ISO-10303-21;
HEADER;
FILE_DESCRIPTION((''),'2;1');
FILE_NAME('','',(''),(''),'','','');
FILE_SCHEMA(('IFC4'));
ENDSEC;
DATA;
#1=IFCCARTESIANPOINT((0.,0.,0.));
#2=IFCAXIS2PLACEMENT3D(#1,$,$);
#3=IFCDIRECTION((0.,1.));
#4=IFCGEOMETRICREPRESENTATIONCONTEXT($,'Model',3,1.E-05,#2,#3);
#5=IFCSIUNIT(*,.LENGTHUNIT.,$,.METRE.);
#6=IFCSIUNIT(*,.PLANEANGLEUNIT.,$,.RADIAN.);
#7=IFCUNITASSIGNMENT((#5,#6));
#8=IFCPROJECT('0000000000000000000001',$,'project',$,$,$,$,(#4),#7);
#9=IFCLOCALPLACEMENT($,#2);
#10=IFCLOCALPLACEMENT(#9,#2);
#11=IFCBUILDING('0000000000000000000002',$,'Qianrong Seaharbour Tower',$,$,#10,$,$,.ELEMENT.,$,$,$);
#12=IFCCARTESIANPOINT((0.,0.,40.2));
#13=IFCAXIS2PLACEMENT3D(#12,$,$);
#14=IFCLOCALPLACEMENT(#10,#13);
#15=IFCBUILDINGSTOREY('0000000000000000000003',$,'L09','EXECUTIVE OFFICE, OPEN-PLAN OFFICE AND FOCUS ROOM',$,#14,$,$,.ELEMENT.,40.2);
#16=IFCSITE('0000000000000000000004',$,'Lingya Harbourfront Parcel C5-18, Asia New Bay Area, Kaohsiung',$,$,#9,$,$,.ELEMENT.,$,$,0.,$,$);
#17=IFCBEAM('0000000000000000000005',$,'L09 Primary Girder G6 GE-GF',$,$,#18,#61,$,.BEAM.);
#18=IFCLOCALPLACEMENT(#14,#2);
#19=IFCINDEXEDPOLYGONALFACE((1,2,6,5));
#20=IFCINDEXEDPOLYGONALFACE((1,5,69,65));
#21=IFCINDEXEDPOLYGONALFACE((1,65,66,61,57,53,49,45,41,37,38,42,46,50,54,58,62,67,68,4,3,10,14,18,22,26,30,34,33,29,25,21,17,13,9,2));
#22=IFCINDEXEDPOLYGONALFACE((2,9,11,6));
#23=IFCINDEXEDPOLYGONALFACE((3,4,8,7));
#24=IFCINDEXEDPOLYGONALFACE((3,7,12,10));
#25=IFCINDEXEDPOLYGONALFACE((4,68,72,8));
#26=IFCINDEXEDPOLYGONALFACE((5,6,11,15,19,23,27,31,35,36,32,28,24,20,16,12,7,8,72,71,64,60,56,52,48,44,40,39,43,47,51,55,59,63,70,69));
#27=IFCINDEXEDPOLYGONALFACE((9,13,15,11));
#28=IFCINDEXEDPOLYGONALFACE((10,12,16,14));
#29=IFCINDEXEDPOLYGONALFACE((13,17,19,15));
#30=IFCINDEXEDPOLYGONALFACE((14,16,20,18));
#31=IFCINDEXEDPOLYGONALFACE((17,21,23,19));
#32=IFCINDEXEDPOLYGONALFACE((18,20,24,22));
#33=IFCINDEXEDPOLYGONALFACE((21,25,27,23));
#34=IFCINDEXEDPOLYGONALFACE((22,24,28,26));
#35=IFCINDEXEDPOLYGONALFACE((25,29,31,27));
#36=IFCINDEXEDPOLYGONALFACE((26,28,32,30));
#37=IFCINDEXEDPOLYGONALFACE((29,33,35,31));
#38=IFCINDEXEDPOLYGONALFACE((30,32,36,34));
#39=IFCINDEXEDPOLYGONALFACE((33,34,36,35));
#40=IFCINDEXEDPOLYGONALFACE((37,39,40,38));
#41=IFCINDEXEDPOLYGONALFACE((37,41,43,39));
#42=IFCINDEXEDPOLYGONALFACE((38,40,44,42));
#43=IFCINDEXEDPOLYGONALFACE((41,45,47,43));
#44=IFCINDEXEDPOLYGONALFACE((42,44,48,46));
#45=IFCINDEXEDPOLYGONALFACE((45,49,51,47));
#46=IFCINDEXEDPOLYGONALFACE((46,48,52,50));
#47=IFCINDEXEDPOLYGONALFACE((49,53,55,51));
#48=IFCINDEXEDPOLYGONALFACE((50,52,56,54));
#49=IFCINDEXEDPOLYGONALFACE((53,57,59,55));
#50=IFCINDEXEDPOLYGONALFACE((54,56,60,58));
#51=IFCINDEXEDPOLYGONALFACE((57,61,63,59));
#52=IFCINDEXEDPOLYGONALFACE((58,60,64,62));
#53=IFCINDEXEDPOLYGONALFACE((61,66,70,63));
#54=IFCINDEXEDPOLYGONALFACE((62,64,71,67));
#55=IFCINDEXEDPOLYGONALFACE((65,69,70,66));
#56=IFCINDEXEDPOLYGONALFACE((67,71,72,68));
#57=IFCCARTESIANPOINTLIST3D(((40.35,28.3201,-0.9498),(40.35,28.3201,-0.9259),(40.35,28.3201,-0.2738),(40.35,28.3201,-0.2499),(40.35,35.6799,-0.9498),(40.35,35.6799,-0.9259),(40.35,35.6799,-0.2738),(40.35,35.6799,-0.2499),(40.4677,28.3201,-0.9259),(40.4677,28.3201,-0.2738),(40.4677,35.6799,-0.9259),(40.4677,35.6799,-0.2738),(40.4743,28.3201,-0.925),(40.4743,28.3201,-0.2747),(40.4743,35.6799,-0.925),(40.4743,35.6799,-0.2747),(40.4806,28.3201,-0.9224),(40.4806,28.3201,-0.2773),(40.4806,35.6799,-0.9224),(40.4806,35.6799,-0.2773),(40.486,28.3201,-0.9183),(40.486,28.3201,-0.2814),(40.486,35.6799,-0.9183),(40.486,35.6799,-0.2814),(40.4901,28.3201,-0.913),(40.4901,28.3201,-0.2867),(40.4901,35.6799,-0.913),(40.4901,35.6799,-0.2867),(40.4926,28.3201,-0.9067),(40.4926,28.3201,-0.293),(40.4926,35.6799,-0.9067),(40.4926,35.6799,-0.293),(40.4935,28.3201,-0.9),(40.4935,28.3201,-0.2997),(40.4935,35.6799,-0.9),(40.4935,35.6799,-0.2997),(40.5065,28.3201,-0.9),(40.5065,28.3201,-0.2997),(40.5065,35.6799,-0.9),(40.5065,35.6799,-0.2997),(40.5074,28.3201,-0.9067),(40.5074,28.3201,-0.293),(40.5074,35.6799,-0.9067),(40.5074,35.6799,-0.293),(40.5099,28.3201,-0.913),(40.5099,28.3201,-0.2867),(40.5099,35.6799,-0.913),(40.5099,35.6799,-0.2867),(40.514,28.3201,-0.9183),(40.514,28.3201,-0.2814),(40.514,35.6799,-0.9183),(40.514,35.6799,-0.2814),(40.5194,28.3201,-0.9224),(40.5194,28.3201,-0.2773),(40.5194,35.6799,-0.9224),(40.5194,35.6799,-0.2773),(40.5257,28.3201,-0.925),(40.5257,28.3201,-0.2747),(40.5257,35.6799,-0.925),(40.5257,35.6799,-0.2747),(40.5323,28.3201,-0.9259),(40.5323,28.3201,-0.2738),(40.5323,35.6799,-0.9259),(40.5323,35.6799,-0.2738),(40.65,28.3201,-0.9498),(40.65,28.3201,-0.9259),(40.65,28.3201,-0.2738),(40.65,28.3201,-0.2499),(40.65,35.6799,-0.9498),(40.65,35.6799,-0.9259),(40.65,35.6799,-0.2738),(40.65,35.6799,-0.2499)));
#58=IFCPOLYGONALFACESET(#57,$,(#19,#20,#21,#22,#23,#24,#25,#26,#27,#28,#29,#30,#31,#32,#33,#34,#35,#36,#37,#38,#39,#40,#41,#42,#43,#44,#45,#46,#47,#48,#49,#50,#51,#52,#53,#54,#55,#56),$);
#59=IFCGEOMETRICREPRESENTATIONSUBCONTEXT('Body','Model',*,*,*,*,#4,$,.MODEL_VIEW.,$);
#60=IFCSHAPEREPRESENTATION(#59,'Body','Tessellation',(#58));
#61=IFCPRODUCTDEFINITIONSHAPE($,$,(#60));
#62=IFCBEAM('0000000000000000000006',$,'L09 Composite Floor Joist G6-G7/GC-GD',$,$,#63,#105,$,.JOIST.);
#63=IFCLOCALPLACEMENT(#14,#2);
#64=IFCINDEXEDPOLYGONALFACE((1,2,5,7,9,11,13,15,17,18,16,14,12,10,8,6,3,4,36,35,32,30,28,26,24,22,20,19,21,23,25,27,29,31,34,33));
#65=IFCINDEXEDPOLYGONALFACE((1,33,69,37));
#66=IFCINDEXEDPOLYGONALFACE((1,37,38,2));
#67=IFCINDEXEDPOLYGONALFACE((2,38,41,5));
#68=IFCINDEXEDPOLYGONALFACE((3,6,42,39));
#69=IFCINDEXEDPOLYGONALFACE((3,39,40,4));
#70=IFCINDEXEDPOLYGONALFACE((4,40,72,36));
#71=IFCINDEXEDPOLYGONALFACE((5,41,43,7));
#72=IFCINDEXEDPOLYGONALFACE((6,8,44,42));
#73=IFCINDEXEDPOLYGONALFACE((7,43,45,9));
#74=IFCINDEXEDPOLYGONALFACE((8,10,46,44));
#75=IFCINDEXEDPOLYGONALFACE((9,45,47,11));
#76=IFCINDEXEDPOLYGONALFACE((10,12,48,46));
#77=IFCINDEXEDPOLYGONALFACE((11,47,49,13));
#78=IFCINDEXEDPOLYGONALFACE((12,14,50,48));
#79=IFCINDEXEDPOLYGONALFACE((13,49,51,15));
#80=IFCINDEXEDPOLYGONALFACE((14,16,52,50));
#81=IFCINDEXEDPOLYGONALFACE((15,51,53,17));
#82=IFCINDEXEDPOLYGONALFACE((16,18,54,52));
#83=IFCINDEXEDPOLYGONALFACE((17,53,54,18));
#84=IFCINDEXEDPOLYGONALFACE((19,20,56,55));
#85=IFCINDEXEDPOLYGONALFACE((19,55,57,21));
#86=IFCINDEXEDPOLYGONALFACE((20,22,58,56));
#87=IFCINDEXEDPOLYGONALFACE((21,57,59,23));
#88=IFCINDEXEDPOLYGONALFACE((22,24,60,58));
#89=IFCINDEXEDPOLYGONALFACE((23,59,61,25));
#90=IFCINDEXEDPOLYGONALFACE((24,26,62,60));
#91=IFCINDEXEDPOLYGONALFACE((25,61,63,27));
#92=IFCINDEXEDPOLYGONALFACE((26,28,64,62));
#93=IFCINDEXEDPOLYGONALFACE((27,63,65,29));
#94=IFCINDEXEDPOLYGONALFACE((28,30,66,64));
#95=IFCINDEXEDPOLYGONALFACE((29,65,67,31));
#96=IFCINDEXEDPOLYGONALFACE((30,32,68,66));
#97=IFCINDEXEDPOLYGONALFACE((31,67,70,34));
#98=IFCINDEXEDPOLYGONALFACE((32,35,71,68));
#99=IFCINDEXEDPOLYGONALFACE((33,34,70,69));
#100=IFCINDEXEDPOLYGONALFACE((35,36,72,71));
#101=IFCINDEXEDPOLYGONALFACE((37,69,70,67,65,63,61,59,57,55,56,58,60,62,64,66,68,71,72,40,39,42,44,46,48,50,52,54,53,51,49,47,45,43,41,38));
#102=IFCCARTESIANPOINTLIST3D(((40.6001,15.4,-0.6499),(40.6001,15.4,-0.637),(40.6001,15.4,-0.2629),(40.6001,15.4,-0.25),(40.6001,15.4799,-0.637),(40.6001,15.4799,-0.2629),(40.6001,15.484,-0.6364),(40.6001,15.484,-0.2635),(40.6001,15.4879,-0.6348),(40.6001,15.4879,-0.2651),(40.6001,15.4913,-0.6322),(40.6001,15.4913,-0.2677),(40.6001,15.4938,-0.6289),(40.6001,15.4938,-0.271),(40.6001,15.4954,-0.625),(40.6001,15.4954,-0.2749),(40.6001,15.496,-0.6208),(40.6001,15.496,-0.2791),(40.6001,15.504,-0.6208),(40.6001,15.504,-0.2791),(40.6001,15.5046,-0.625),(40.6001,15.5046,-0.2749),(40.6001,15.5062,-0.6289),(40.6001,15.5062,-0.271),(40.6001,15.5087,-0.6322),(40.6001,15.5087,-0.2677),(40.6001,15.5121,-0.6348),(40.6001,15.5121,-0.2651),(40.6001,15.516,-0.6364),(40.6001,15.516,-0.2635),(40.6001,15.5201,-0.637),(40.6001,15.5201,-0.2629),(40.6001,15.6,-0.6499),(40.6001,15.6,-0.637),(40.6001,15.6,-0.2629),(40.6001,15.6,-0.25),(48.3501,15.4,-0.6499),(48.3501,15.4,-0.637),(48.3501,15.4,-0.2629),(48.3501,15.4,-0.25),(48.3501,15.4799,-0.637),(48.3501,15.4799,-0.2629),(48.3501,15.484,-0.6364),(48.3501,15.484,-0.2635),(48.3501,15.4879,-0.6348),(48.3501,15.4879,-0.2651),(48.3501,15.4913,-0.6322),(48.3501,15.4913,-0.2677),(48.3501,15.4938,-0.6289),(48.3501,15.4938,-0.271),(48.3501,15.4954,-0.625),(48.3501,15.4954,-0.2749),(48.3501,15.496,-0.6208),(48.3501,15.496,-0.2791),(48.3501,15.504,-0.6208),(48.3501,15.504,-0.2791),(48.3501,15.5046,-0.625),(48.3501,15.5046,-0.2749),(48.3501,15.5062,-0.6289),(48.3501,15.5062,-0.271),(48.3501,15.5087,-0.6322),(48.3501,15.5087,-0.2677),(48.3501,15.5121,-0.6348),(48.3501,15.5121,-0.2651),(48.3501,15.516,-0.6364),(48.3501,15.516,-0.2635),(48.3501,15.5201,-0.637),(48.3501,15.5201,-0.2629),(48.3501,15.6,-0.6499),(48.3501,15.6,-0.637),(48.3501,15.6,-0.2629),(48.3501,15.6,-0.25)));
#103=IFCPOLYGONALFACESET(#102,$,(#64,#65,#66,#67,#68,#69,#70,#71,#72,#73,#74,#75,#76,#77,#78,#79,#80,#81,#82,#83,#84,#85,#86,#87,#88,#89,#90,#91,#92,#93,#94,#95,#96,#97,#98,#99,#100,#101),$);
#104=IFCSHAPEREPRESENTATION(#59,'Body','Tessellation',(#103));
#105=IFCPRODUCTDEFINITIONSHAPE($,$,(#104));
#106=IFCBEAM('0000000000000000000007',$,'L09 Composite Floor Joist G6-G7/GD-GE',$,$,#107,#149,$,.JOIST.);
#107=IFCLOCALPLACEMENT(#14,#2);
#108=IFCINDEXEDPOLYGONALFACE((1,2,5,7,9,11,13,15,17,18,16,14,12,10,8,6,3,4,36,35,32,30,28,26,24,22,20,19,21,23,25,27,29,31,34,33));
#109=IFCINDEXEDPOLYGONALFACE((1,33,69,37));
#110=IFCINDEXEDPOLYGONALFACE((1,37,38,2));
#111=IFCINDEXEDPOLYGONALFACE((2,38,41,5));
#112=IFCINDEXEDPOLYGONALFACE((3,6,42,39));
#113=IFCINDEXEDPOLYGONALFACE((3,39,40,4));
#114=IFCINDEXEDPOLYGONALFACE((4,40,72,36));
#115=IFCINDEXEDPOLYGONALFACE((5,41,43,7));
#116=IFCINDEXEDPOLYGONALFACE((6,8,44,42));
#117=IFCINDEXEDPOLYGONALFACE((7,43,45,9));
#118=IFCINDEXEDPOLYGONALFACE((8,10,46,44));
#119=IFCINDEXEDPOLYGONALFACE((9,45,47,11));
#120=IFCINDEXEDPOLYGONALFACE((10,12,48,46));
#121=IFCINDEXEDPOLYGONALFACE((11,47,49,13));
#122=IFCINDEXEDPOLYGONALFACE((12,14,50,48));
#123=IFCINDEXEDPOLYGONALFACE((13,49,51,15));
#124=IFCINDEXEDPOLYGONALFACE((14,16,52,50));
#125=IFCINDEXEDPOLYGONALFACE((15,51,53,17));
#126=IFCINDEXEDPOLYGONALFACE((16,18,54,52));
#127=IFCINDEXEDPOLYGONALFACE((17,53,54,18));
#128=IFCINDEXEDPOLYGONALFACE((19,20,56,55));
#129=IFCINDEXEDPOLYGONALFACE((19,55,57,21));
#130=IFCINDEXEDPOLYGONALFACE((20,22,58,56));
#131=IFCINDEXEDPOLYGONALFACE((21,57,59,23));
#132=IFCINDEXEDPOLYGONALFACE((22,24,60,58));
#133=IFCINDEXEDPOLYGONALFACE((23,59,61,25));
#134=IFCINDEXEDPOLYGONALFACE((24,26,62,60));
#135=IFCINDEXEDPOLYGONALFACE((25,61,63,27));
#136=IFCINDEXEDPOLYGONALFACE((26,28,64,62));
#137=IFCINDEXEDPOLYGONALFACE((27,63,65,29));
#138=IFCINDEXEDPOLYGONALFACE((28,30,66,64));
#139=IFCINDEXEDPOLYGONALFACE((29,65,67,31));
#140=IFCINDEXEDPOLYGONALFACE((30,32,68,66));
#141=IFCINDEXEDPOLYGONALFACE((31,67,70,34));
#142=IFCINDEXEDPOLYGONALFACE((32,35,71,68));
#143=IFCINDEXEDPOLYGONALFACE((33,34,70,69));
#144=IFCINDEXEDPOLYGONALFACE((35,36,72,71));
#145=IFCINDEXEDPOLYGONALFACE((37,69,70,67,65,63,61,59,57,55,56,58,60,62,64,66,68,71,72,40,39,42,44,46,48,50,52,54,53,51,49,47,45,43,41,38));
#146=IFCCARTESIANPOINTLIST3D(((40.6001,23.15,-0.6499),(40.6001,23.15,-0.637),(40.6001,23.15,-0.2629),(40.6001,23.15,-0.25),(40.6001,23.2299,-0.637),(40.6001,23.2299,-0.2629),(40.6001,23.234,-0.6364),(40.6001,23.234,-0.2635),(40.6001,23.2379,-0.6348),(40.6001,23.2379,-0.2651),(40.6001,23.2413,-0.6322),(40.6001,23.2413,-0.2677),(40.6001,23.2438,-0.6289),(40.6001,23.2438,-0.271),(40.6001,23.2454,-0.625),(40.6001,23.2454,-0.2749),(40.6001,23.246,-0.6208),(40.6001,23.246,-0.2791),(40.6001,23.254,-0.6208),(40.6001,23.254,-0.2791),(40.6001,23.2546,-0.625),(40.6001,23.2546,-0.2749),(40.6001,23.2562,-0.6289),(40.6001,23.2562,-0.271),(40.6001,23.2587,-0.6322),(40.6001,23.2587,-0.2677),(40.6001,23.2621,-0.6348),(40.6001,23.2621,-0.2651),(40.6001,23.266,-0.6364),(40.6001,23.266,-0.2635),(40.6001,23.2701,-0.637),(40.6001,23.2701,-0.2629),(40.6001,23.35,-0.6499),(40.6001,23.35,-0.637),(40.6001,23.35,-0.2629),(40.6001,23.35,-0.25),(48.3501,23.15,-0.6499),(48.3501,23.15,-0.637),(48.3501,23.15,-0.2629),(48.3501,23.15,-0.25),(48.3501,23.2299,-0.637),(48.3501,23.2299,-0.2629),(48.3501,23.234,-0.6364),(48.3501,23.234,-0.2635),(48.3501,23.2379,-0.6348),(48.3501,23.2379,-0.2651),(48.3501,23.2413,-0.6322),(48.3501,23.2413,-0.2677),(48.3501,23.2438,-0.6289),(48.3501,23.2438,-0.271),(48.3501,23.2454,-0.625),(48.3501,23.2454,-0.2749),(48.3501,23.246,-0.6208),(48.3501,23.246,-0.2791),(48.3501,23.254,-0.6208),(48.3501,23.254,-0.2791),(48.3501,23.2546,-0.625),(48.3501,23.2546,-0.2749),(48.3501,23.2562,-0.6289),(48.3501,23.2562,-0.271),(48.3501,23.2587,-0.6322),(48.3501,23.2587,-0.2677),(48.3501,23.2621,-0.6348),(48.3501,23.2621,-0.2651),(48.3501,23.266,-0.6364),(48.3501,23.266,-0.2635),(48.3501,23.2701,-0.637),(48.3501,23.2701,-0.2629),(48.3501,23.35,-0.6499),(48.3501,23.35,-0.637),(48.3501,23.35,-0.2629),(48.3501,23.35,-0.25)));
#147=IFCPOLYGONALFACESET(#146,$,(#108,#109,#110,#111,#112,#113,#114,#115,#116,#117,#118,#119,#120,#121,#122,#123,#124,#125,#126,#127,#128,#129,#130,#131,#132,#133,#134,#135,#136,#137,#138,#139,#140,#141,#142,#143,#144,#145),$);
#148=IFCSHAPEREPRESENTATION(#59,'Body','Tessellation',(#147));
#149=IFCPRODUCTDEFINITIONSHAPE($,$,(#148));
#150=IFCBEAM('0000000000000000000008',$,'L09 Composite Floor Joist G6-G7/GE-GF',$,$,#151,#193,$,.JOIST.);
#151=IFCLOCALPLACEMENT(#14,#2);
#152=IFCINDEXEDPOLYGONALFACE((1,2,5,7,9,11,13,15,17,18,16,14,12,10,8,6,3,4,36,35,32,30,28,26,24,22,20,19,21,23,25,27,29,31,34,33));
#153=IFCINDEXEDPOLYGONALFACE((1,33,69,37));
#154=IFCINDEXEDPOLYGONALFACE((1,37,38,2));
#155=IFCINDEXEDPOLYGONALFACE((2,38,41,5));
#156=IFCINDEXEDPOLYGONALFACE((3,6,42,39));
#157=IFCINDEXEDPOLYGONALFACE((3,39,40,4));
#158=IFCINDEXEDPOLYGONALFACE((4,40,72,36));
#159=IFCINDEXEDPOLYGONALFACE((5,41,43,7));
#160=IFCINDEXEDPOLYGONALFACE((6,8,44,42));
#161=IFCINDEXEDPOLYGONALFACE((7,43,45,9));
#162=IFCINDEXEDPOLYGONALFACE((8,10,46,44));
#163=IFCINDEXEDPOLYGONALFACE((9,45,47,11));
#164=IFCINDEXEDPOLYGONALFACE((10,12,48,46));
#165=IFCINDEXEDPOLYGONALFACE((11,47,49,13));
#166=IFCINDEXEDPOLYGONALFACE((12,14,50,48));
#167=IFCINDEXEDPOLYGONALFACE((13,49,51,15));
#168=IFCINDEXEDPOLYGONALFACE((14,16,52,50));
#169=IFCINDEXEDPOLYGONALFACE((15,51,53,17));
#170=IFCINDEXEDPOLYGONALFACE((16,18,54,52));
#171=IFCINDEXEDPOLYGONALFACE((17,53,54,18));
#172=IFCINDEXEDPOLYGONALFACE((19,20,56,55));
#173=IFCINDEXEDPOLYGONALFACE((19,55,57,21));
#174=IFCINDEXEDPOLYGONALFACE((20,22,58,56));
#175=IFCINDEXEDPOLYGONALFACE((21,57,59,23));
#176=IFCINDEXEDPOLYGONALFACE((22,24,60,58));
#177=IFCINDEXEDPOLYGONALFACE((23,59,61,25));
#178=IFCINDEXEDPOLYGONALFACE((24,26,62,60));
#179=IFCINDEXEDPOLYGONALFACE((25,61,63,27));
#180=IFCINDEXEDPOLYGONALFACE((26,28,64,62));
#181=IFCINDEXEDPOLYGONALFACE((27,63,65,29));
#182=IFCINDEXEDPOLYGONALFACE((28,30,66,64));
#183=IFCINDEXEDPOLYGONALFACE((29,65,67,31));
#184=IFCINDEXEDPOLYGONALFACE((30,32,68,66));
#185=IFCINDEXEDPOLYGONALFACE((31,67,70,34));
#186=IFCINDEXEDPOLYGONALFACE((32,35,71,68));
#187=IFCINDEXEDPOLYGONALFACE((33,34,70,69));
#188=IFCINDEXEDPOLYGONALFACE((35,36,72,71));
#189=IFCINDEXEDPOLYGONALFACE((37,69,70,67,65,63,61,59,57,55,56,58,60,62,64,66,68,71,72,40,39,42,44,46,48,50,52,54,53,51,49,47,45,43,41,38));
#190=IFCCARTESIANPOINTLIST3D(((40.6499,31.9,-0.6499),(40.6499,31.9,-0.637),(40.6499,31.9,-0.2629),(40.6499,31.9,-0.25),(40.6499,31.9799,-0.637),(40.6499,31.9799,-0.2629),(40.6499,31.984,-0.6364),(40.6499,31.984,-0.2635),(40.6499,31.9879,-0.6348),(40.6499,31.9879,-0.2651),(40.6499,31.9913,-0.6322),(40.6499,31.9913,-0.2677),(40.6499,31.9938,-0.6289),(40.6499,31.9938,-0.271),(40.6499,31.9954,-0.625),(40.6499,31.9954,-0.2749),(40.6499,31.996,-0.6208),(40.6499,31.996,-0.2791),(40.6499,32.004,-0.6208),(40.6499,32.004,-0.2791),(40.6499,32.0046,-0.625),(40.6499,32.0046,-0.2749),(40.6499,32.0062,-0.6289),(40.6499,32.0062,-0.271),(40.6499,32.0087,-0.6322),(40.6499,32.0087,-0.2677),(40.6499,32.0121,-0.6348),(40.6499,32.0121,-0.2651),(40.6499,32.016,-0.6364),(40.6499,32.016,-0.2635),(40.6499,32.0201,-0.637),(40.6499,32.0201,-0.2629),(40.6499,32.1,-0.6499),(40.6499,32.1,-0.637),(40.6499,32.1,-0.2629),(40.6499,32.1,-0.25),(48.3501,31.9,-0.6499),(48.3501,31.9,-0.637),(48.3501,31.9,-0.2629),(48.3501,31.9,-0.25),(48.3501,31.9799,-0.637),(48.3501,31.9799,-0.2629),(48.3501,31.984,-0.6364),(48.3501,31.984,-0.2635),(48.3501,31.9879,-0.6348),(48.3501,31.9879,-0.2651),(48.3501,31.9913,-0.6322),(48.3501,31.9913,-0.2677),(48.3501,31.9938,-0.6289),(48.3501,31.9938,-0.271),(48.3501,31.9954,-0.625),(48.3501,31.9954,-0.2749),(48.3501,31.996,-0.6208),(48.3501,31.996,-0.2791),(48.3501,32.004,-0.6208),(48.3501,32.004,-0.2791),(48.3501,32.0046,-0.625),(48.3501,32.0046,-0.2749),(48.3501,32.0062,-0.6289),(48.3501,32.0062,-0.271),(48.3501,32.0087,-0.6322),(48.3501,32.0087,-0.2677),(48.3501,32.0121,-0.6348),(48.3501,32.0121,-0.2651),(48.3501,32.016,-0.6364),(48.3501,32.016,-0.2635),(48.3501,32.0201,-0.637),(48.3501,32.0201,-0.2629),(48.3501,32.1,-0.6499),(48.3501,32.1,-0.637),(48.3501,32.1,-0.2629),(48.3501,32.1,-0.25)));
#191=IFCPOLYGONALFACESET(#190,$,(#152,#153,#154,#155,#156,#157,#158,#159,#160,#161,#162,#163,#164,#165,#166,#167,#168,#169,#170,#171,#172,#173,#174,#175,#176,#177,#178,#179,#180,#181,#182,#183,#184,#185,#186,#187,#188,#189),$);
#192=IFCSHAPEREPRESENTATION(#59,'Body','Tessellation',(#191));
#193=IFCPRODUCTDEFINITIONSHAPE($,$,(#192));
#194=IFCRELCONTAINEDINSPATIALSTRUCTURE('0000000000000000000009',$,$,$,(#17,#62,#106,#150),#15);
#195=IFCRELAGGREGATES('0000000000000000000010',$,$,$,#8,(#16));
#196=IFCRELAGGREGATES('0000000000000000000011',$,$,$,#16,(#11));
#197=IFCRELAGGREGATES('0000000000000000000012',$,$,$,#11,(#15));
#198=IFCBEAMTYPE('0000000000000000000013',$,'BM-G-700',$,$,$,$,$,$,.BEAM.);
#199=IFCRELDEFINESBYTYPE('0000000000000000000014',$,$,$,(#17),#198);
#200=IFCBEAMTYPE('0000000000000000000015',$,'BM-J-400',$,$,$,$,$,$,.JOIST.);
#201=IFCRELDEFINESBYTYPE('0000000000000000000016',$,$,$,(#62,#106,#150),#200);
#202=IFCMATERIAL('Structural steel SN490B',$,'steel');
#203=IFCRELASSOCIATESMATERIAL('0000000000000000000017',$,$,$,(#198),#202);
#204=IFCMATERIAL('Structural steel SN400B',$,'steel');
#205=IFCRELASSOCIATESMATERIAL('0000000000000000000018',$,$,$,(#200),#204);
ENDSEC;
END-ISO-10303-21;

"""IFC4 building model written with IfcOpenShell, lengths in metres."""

from ifc_helpers import new_model, si_unit, direction, frame, origin, origin_2d, place, context, subcontext, project, spatial, i_section, extrude, material, material_profile, profile_set, type_object, element, save


model = new_model("IFC4")

# Units and contexts
model_context = context("Model", 3, precision=1e-05, world=origin(), true_north=direction((0.0, 1.0)))
body_context = subcontext(model_context, "Body", "Model", "MODEL_VIEW")
ifc_project = project(units=[si_unit("LENGTHUNIT", "METRE"), si_unit("PLANEANGLEUNIT", "RADIAN")], contexts=[model_context])

# Site, building, storey
site_placement = place(None, origin())
site = spatial("IfcSite", under=ifc_project, at=site_placement, Name="Lingya Harbourfront Parcel C5-18, Asia New Bay Area, Kaohsiung", CompositionType="ELEMENT", RefElevation=0.0)
building_placement = place(site_placement, origin())
building = spatial("IfcBuilding", under=site, at=building_placement, Name="Qianrong Seaharbour Tower", CompositionType="ELEMENT")
storey_placement = place(building_placement, frame((0.0, 0.0, 40.2)))
storey = spatial("IfcBuildingStorey", under=building, at=storey_placement, Name="L09", Description="EXECUTIVE OFFICE, OPEN-PLAN OFFICE AND FOCUS ROOM", CompositionType="ELEMENT", Elevation=40.2)

# Shared definitions
ifc_material_1 = material(Name="Structural steel SN490B", Category="steel")

# Beams
ifc_material_profile_1 = material_profile(ifc_material_1, i_section(OverallWidth=0.3, OverallDepth=0.7, WebThickness=0.0129, FlangeThickness=0.0239, FilletRadius=0.0259, at=origin_2d()), Name="H700x300x13x24")
ifc_profile_set_1 = profile_set([ifc_material_profile_1], Name="Structural steel SN490B")
beam_type_1 = type_object("IfcBeamType", Name="BM-G-700", PredefinedType="BEAM", material=ifc_profile_set_1)
beam_1_placement = place(storey_placement, frame((40.5, 28.3201, -0.5999), z_axis=(0.0, 1.0, 0.0), x_axis=(-1.0, 0.0, 0.0)))
element("IfcBeam", 1, at=beam_1_placement, inside=storey, type_object=beam_type_1, Name="L09 Primary Girder G6 GE-GF", PredefinedType="BEAM", context=body_context, shape_type="SweptSolid", body=[
    extrude(i_section(OverallWidth=0.3, OverallDepth=0.7, WebThickness=0.0129, FlangeThickness=0.0239, FilletRadius=0.0259, at=origin_2d()), origin(), (0.0, 0.0, 1.0), 7.3599),
])
ifc_material_2 = material(Name="Structural steel SN400B", Category="steel")
ifc_material_profile_2 = material_profile(ifc_material_2, i_section(OverallWidth=0.2, OverallDepth=0.3999, WebThickness=0.0081, FlangeThickness=0.0129, FilletRadius=0.0161, at=origin_2d()), Name="H400x200x8x13")
ifc_profile_set_2 = profile_set([ifc_material_profile_2], Name="Structural steel SN400B")
beam_type_2 = type_object("IfcBeamType", Name="BM-J-400", PredefinedType="JOIST", material=ifc_profile_set_2)
for number, where, z_axis, x_axis, name in (
    (2, (40.6001, 15.5, -0.45), (1.0, 0.0, 0.0), (0.0, 1.0, 0.0), "L09 Composite Floor Joist G6-G7/GC-GD"),
    (3, (40.6001, 23.25, -0.45), (1.0, 0.0, 0.0), (0.0, 1.0, 0.0), "L09 Composite Floor Joist G6-G7/GD-GE"),
):
    element("IfcBeam", number, at=place(storey_placement, frame(where, z_axis=z_axis, x_axis=x_axis)), inside=storey, type_object=beam_type_2, Name=name, PredefinedType="JOIST", context=body_context, shape_type="SweptSolid", body=[
        extrude(i_section(OverallWidth=0.2, OverallDepth=0.3999, WebThickness=0.0081, FlangeThickness=0.0129, FilletRadius=0.0161, at=origin_2d()), origin(), (0.0, 0.0, 1.0), 7.75),
    ])
beam_2_placement = place(storey_placement, frame((40.6499, 32.0, -0.45), z_axis=(1.0, 0.0, 0.0), x_axis=(0.0, 1.0, 0.0)))
element("IfcBeam", 4, at=beam_2_placement, inside=storey, type_object=beam_type_2, Name="L09 Composite Floor Joist G6-G7/GE-GF", PredefinedType="JOIST", context=body_context, shape_type="SweptSolid", body=[
    extrude(i_section(OverallWidth=0.2, OverallDepth=0.3999, WebThickness=0.0081, FlangeThickness=0.0129, FilletRadius=0.0161, at=origin_2d()), origin(), (0.0, 0.0, 1.0), 7.7002),
])

save(model, "model.ifc")
